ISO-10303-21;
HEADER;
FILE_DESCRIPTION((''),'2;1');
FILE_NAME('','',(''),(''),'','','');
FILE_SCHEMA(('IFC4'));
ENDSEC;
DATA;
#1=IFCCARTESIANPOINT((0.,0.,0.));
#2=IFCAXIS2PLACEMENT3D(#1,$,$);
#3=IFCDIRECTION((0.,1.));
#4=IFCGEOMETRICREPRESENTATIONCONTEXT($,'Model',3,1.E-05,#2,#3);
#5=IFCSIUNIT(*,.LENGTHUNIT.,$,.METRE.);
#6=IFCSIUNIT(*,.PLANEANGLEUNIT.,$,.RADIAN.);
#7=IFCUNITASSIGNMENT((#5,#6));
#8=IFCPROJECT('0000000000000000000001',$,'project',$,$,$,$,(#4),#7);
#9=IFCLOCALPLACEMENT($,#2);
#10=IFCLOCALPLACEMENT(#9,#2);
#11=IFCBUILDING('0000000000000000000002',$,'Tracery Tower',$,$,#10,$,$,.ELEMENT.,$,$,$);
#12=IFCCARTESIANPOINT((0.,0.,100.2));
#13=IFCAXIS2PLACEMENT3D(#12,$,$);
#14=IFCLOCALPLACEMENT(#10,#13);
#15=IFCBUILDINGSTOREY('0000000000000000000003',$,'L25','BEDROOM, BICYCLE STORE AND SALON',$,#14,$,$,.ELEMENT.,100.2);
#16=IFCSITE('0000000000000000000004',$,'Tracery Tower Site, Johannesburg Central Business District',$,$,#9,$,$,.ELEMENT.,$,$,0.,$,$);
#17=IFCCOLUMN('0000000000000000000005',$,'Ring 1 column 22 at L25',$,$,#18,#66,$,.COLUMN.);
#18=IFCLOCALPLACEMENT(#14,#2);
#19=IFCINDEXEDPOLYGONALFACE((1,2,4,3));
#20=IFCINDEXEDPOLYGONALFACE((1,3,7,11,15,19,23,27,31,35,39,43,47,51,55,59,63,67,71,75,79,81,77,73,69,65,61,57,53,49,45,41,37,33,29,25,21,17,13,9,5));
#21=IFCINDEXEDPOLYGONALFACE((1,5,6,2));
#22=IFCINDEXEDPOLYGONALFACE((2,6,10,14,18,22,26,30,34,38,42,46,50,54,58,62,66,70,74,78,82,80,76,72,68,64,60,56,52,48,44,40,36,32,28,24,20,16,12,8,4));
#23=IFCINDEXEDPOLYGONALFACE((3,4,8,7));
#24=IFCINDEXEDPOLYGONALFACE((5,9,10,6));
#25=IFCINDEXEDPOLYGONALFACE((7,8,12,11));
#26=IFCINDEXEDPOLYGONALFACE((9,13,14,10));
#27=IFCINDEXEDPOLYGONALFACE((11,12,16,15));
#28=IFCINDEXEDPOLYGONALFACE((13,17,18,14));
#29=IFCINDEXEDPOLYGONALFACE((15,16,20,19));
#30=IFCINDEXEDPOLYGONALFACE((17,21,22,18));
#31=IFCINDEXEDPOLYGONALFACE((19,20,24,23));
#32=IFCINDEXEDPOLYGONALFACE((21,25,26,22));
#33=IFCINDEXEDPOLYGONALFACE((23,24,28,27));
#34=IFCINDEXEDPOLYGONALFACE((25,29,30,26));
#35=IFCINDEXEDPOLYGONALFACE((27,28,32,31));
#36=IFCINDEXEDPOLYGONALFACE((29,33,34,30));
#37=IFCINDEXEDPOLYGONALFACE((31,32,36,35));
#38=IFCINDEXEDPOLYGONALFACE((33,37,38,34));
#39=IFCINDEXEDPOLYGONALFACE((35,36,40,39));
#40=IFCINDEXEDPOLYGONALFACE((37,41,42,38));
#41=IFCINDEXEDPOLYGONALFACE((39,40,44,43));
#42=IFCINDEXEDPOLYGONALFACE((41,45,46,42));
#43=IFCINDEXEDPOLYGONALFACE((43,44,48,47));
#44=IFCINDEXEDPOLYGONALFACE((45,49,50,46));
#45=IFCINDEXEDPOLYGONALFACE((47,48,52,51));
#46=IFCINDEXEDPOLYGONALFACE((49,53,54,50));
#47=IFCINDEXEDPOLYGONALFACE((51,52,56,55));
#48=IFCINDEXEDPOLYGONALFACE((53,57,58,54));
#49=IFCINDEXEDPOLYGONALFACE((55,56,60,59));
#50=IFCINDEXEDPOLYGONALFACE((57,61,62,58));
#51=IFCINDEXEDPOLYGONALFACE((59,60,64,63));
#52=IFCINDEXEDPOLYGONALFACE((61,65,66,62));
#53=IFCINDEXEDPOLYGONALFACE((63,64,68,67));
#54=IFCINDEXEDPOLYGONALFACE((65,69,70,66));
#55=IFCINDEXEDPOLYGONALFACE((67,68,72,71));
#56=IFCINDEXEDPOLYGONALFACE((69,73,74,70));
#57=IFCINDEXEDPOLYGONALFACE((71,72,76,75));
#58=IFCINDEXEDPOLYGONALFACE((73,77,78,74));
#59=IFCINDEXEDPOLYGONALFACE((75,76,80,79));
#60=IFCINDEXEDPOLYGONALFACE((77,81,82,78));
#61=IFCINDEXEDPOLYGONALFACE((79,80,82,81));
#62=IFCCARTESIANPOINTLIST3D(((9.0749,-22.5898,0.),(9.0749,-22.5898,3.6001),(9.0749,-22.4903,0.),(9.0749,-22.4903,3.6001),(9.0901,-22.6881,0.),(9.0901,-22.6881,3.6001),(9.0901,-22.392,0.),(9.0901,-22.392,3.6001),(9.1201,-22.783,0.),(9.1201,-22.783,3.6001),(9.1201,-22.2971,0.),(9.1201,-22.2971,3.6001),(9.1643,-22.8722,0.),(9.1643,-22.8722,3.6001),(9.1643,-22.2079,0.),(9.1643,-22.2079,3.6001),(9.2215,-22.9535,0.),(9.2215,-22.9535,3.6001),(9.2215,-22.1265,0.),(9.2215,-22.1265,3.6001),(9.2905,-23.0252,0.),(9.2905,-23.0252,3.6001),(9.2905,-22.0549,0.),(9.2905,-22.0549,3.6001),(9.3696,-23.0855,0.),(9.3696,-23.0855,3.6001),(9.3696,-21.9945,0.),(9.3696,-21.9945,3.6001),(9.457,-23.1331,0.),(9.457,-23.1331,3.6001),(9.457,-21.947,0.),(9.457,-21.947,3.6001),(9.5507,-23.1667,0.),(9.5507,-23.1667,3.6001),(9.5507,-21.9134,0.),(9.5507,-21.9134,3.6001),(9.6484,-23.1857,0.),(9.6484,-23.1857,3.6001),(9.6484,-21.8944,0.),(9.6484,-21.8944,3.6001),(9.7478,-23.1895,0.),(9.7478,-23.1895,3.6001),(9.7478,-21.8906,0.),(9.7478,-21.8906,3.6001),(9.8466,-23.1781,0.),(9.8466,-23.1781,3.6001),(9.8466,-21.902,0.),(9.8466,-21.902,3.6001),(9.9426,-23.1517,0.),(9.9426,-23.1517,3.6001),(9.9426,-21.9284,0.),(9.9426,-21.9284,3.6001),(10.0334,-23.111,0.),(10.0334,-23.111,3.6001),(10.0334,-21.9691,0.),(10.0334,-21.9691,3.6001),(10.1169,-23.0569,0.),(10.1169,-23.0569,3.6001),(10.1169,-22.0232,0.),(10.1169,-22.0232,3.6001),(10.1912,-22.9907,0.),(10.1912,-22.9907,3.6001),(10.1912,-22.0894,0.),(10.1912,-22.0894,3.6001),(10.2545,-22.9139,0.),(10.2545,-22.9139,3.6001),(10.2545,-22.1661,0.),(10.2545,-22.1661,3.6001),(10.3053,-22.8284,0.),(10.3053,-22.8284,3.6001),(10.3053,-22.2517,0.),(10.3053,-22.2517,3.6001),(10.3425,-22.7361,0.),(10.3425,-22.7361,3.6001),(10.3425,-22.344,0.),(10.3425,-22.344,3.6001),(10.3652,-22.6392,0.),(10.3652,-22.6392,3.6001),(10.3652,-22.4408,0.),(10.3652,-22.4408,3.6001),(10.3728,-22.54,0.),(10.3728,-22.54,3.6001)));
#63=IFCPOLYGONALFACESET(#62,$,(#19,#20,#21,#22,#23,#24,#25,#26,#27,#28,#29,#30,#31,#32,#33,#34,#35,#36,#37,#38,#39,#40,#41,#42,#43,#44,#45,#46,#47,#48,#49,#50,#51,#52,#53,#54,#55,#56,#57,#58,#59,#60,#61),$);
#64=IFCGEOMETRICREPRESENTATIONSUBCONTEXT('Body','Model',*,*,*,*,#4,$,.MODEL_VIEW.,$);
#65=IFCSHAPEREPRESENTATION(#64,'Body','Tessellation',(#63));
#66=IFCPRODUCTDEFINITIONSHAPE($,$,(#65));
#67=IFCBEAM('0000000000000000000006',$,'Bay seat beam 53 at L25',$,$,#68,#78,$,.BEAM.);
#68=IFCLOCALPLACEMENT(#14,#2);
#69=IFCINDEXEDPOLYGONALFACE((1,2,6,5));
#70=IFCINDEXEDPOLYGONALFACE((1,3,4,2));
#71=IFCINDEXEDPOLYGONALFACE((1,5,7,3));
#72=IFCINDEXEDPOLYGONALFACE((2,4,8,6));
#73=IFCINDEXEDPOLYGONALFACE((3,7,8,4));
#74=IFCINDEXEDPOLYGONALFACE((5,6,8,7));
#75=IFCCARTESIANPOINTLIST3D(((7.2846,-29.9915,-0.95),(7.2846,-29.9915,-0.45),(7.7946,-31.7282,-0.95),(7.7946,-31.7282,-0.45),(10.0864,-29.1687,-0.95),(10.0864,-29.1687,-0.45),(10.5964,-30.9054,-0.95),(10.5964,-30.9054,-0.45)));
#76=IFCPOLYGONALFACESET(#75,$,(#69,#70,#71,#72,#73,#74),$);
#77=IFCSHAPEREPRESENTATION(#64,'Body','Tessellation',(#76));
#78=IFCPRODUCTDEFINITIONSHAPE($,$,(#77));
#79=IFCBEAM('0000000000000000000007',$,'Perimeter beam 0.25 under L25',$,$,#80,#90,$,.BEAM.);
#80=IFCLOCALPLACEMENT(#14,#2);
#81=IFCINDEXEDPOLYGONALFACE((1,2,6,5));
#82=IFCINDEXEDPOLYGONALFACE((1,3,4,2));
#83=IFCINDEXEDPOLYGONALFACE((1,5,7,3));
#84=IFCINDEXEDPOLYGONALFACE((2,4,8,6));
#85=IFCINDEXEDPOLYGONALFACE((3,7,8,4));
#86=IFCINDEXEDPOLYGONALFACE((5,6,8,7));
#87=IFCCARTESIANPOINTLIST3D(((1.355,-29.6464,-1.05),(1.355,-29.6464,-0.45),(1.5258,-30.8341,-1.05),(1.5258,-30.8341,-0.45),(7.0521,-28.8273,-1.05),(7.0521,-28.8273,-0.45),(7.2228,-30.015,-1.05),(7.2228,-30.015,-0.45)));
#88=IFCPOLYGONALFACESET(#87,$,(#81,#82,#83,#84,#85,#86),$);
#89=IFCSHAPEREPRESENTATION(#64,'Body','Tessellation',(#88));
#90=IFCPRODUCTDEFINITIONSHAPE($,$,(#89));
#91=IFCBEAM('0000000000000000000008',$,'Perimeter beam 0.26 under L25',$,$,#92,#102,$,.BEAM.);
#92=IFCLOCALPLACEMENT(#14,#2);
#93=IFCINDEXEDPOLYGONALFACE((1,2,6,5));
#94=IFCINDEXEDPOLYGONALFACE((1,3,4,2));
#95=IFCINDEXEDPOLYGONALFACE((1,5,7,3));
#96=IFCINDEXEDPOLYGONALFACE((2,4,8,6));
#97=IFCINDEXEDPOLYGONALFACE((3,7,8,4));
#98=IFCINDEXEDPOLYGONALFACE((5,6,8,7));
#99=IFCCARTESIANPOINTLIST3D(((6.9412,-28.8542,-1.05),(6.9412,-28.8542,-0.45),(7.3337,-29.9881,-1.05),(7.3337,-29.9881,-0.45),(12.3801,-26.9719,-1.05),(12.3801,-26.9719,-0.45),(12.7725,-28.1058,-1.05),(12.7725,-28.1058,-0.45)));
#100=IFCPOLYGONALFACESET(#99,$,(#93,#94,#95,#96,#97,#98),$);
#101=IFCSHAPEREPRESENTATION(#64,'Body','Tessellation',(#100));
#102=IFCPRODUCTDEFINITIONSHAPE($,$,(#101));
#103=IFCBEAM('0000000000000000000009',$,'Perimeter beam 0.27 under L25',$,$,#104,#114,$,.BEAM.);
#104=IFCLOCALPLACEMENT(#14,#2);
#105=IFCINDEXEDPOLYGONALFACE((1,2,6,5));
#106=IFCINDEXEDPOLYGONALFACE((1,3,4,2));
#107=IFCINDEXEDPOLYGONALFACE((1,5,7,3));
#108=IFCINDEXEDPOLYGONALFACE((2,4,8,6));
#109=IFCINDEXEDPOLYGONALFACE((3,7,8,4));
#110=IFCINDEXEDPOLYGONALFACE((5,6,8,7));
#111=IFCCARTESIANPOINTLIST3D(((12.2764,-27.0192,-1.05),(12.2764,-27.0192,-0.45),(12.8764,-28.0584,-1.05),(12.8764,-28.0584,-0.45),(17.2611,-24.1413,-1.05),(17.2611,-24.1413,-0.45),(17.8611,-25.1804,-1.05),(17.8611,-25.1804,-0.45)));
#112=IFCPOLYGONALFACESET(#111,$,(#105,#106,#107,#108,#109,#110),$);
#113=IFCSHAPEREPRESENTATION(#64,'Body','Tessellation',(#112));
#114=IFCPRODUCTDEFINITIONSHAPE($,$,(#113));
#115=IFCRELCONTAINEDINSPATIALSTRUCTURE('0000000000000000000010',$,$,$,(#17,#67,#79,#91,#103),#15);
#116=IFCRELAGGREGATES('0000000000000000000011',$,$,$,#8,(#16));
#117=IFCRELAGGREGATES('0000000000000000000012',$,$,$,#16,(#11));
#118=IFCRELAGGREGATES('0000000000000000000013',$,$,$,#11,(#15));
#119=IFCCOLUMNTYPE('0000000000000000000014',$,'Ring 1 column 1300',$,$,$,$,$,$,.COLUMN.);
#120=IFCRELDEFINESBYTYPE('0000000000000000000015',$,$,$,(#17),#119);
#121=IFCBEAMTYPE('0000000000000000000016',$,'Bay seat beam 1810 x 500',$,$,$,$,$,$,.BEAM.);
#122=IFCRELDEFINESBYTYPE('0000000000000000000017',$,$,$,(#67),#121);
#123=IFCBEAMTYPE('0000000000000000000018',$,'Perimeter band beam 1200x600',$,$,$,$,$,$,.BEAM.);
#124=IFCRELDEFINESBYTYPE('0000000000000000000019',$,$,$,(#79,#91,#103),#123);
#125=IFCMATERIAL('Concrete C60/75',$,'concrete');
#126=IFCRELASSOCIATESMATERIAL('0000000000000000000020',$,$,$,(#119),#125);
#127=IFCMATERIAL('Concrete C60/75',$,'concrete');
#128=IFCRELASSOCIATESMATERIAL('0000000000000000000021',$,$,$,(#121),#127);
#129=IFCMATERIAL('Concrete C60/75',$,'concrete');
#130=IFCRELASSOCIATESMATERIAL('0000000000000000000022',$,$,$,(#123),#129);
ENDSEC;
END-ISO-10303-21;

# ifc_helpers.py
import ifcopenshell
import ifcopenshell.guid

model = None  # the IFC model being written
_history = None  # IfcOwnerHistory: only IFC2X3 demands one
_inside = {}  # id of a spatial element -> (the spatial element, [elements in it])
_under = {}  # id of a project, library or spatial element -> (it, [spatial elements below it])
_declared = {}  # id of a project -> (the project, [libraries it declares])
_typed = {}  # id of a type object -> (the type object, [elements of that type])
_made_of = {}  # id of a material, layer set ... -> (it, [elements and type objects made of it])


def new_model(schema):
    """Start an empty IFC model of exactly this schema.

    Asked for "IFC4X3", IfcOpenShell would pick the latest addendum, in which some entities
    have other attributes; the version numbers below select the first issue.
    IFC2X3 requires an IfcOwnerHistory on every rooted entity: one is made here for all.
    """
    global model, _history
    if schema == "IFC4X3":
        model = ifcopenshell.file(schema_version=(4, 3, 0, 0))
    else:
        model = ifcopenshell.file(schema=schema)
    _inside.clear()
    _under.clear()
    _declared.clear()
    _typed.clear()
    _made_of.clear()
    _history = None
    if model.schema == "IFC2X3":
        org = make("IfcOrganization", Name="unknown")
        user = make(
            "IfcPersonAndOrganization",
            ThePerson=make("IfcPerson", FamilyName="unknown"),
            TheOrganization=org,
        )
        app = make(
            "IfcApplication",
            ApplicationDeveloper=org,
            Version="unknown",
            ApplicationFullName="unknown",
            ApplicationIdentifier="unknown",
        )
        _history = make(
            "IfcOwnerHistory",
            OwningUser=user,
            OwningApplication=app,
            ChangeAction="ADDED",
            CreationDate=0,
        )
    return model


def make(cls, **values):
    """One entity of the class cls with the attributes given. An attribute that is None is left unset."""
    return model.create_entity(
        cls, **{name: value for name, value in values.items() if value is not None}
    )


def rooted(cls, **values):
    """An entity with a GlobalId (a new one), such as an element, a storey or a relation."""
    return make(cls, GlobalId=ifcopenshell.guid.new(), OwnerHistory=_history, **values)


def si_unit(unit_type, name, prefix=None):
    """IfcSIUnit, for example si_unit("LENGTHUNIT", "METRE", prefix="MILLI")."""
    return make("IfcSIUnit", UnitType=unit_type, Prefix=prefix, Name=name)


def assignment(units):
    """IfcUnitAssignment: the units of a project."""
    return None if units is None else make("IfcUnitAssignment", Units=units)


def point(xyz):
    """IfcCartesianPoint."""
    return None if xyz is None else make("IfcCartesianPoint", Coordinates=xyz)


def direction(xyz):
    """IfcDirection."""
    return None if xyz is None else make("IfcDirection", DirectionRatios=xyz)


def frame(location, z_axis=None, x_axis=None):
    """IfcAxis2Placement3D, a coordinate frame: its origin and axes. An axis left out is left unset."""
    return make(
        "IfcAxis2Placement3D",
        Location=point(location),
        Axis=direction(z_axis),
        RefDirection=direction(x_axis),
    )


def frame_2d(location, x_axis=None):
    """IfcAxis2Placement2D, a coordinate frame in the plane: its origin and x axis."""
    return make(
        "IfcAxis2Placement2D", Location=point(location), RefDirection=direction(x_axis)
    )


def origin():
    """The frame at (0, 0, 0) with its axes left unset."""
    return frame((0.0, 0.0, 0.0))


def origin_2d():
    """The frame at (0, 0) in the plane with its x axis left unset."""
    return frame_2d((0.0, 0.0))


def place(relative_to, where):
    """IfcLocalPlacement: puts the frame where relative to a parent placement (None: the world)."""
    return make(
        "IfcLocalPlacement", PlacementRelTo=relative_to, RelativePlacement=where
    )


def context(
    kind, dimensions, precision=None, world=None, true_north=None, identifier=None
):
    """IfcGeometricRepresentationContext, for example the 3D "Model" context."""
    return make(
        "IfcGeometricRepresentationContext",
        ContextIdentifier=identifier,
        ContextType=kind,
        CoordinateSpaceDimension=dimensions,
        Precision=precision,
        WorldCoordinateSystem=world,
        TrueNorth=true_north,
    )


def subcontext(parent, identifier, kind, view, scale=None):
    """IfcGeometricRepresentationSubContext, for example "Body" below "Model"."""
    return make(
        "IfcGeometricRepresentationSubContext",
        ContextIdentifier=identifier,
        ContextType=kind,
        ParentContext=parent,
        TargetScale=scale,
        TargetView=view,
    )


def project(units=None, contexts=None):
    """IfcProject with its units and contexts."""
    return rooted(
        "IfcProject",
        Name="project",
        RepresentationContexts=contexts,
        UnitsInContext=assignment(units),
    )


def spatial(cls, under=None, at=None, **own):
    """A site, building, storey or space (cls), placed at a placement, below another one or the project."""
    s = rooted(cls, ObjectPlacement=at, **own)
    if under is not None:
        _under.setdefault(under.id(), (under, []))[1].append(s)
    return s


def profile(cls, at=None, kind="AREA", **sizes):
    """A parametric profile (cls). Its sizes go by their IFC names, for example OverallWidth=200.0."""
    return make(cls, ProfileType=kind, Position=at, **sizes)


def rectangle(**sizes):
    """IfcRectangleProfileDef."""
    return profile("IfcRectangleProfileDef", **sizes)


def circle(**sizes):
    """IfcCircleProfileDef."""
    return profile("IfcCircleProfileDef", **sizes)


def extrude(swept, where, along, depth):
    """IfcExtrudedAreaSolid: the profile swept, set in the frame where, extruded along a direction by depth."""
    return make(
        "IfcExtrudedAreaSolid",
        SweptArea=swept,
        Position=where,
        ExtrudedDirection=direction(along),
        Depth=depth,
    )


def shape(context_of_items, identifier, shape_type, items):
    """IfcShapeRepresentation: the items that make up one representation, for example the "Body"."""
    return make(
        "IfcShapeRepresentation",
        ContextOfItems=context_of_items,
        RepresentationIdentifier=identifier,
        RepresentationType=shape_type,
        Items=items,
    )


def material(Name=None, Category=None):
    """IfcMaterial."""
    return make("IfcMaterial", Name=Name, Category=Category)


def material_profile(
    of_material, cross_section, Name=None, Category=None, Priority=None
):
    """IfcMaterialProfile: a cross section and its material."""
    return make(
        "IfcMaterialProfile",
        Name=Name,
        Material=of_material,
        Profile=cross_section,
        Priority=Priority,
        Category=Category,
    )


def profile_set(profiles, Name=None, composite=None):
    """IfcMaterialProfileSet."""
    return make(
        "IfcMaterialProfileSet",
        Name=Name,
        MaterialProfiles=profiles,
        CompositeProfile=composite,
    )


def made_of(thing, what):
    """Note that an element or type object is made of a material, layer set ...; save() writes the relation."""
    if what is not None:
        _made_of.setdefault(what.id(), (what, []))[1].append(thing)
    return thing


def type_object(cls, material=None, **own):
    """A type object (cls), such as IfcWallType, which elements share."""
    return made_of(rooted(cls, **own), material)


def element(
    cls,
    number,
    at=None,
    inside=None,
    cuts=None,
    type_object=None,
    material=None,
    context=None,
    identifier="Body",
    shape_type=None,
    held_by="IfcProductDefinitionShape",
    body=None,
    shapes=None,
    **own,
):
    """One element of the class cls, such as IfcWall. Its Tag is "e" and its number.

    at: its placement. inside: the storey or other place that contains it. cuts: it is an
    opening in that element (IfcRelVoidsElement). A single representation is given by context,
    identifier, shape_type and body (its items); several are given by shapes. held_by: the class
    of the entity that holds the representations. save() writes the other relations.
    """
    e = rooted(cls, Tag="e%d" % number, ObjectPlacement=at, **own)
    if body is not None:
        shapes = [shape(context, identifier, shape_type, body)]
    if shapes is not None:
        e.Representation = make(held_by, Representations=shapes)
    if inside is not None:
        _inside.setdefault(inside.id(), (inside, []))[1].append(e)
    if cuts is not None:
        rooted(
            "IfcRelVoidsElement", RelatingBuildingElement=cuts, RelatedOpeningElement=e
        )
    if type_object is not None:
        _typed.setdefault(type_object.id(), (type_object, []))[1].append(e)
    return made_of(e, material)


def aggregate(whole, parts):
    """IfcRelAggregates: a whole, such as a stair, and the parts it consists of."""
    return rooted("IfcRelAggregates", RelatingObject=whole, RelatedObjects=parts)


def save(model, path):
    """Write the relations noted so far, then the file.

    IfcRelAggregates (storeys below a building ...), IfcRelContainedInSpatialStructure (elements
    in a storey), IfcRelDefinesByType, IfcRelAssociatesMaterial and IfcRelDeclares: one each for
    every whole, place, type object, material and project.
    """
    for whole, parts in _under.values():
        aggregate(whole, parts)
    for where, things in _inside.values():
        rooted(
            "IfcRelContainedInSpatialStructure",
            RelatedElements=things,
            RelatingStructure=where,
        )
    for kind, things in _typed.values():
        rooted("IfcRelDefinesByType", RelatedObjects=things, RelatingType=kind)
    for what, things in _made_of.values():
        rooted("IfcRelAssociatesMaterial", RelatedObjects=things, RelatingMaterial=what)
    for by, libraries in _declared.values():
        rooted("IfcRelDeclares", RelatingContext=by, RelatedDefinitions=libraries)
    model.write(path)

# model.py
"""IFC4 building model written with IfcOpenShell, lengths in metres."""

from ifc_helpers import new_model, si_unit, direction, frame, origin, origin_2d, place, context, subcontext, project, spatial, rectangle, circle, extrude, material, material_profile, profile_set, type_object, element, save


model = new_model("IFC4")

# Units and contexts
model_context = context("Model", 3, precision=1e-05, world=origin(), true_north=direction((0.0, 1.0)))
body_context = subcontext(model_context, "Body", "Model", "MODEL_VIEW")
ifc_project = project(units=[si_unit("LENGTHUNIT", "METRE"), si_unit("PLANEANGLEUNIT", "RADIAN")], contexts=[model_context])

# Site, building, storey
site_placement = place(None, origin())
site = spatial("IfcSite", under=ifc_project, at=site_placement, Name="Tracery Tower Site, Johannesburg Central Business District", CompositionType="ELEMENT", RefElevation=0.0)
building_placement = place(site_placement, origin())
building = spatial("IfcBuilding", under=site, at=building_placement, Name="Tracery Tower", CompositionType="ELEMENT")
storey_placement = place(building_placement, frame((0.0, 0.0, 100.2)))
storey = spatial("IfcBuildingStorey", under=building, at=storey_placement, Name="L25", Description="BEDROOM, BICYCLE STORE AND SALON", CompositionType="ELEMENT", Elevation=100.2)

# Column
ifc_material_1 = material(Name="Concrete C60/75", Category="concrete")
ifc_material_profile_1 = material_profile(ifc_material_1, circle(Radius=0.6499, at=origin_2d()), Name="RC D1300")
ifc_profile_set_1 = profile_set([ifc_material_profile_1], Name="Concrete C60/75")
column_type_1 = type_object("IfcColumnType", Name="Ring 1 column 1300", PredefinedType="COLUMN", material=ifc_profile_set_1)
for number, where, z_axis, x_axis, name in (
    (1, (9.7229, -22.54, 0.0), (0.0, 0.0, 1.0), (1.0, 0.0, 0.0), "Ring 1 column 22 at L25"),
):
    element("IfcColumn", number, at=place(storey_placement, frame(where, z_axis=z_axis, x_axis=x_axis)), inside=storey, type_object=column_type_1, Name=name, PredefinedType="COLUMN", context=body_context, shape_type="SweptSolid", body=[
        extrude(circle(Radius=0.6499, at=origin_2d()), origin(), (0.0, 0.0, 1.0), 3.6001),
    ])

# Beams
ifc_material_2 = material(Name="Concrete C60/75", Category="concrete")
ifc_material_profile_2 = material_profile(ifc_material_2, rectangle(XDim=1.8101, YDim=0.5, at=origin_2d()), Name="RC 1810x500")
ifc_profile_set_2 = profile_set([ifc_material_profile_2], Name="Concrete C60/75")
beam_type_1 = type_object("IfcBeamType", Name="Bay seat beam 1810 x 500", PredefinedType="BEAM", material=ifc_profile_set_2)
beam_1_placement = place(storey_placement, frame((7.5396, -30.8599, -0.7), z_axis=(0.959485, 0.281759, 0.0), x_axis=(-0.281759, 0.959485, 0.0)))
element("IfcBeam", 2, at=beam_1_placement, inside=storey, type_object=beam_type_1, Name="Bay seat beam 53 at L25", PredefinedType="BEAM", context=body_context, shape_type="SweptSolid", body=[
    extrude(rectangle(XDim=1.8101, YDim=0.5, at=origin_2d()), origin(), (0.0, 0.0, 1.0), 2.9202),
])
ifc_material_3 = material(Name="Concrete C60/75", Category="concrete")
ifc_material_profile_3 = material_profile(ifc_material_3, rectangle(XDim=1.2, YDim=0.6001, at=origin_2d()), Name="RC 1200x600")
ifc_profile_set_3 = profile_set([ifc_material_profile_3], Name="Concrete C60/75")
beam_type_2 = type_object("IfcBeamType", Name="Perimeter band beam 1200x600", PredefinedType="BEAM", material=ifc_profile_set_3)
beam_2_placement = place(storey_placement, frame((1.4404, -30.2402, -0.75), z_axis=(0.989822, 0.142312, 0.0), x_axis=(-0.142312, 0.989822, 0.0)))
element("IfcBeam", 3, at=beam_2_placement, inside=storey, type_object=beam_type_2, Name="Perimeter beam 0.25 under L25", PredefinedType="BEAM", context=body_context, shape_type="SweptSolid", body=[
    extrude(rectangle(XDim=1.2, YDim=0.6001, at=origin_2d()), origin(), (0.0, 0.0, 1.0), 5.7556),
])
beam_3_placement = place(storey_placement, frame((7.1375, -29.4211, -0.75), z_axis=(0.945007, 0.327049, 0.0), x_axis=(-0.327049, 0.945007, 0.0)))
element("IfcBeam", 4, at=beam_3_placement, inside=storey, type_object=beam_type_2, Name="Perimeter beam 0.26 under L25", PredefinedType="BEAM", context=body_context, shape_type="SweptSolid", body=[
    extrude(rectangle(XDim=1.2, YDim=0.6001, at=origin_2d()), origin(), (0.0, 0.0, 1.0), 5.7554),
])
beam_4_placement = place(storey_placement, frame((12.5764, -27.5388, -0.75), z_axis=(0.866021, 0.500008, 0.0), x_axis=(-0.500008, 0.866021, 0.0)))
element("IfcBeam", 5, at=beam_4_placement, inside=storey, type_object=beam_type_2, Name="Perimeter beam 0.27 under L25", PredefinedType="BEAM", context=body_context, shape_type="SweptSolid", body=[
    extrude(rectangle(XDim=1.2, YDim=0.6001, at=origin_2d()), origin(), (0.0, 0.0, 1.0), 5.7559),
])

save(model, "model.ifc")
